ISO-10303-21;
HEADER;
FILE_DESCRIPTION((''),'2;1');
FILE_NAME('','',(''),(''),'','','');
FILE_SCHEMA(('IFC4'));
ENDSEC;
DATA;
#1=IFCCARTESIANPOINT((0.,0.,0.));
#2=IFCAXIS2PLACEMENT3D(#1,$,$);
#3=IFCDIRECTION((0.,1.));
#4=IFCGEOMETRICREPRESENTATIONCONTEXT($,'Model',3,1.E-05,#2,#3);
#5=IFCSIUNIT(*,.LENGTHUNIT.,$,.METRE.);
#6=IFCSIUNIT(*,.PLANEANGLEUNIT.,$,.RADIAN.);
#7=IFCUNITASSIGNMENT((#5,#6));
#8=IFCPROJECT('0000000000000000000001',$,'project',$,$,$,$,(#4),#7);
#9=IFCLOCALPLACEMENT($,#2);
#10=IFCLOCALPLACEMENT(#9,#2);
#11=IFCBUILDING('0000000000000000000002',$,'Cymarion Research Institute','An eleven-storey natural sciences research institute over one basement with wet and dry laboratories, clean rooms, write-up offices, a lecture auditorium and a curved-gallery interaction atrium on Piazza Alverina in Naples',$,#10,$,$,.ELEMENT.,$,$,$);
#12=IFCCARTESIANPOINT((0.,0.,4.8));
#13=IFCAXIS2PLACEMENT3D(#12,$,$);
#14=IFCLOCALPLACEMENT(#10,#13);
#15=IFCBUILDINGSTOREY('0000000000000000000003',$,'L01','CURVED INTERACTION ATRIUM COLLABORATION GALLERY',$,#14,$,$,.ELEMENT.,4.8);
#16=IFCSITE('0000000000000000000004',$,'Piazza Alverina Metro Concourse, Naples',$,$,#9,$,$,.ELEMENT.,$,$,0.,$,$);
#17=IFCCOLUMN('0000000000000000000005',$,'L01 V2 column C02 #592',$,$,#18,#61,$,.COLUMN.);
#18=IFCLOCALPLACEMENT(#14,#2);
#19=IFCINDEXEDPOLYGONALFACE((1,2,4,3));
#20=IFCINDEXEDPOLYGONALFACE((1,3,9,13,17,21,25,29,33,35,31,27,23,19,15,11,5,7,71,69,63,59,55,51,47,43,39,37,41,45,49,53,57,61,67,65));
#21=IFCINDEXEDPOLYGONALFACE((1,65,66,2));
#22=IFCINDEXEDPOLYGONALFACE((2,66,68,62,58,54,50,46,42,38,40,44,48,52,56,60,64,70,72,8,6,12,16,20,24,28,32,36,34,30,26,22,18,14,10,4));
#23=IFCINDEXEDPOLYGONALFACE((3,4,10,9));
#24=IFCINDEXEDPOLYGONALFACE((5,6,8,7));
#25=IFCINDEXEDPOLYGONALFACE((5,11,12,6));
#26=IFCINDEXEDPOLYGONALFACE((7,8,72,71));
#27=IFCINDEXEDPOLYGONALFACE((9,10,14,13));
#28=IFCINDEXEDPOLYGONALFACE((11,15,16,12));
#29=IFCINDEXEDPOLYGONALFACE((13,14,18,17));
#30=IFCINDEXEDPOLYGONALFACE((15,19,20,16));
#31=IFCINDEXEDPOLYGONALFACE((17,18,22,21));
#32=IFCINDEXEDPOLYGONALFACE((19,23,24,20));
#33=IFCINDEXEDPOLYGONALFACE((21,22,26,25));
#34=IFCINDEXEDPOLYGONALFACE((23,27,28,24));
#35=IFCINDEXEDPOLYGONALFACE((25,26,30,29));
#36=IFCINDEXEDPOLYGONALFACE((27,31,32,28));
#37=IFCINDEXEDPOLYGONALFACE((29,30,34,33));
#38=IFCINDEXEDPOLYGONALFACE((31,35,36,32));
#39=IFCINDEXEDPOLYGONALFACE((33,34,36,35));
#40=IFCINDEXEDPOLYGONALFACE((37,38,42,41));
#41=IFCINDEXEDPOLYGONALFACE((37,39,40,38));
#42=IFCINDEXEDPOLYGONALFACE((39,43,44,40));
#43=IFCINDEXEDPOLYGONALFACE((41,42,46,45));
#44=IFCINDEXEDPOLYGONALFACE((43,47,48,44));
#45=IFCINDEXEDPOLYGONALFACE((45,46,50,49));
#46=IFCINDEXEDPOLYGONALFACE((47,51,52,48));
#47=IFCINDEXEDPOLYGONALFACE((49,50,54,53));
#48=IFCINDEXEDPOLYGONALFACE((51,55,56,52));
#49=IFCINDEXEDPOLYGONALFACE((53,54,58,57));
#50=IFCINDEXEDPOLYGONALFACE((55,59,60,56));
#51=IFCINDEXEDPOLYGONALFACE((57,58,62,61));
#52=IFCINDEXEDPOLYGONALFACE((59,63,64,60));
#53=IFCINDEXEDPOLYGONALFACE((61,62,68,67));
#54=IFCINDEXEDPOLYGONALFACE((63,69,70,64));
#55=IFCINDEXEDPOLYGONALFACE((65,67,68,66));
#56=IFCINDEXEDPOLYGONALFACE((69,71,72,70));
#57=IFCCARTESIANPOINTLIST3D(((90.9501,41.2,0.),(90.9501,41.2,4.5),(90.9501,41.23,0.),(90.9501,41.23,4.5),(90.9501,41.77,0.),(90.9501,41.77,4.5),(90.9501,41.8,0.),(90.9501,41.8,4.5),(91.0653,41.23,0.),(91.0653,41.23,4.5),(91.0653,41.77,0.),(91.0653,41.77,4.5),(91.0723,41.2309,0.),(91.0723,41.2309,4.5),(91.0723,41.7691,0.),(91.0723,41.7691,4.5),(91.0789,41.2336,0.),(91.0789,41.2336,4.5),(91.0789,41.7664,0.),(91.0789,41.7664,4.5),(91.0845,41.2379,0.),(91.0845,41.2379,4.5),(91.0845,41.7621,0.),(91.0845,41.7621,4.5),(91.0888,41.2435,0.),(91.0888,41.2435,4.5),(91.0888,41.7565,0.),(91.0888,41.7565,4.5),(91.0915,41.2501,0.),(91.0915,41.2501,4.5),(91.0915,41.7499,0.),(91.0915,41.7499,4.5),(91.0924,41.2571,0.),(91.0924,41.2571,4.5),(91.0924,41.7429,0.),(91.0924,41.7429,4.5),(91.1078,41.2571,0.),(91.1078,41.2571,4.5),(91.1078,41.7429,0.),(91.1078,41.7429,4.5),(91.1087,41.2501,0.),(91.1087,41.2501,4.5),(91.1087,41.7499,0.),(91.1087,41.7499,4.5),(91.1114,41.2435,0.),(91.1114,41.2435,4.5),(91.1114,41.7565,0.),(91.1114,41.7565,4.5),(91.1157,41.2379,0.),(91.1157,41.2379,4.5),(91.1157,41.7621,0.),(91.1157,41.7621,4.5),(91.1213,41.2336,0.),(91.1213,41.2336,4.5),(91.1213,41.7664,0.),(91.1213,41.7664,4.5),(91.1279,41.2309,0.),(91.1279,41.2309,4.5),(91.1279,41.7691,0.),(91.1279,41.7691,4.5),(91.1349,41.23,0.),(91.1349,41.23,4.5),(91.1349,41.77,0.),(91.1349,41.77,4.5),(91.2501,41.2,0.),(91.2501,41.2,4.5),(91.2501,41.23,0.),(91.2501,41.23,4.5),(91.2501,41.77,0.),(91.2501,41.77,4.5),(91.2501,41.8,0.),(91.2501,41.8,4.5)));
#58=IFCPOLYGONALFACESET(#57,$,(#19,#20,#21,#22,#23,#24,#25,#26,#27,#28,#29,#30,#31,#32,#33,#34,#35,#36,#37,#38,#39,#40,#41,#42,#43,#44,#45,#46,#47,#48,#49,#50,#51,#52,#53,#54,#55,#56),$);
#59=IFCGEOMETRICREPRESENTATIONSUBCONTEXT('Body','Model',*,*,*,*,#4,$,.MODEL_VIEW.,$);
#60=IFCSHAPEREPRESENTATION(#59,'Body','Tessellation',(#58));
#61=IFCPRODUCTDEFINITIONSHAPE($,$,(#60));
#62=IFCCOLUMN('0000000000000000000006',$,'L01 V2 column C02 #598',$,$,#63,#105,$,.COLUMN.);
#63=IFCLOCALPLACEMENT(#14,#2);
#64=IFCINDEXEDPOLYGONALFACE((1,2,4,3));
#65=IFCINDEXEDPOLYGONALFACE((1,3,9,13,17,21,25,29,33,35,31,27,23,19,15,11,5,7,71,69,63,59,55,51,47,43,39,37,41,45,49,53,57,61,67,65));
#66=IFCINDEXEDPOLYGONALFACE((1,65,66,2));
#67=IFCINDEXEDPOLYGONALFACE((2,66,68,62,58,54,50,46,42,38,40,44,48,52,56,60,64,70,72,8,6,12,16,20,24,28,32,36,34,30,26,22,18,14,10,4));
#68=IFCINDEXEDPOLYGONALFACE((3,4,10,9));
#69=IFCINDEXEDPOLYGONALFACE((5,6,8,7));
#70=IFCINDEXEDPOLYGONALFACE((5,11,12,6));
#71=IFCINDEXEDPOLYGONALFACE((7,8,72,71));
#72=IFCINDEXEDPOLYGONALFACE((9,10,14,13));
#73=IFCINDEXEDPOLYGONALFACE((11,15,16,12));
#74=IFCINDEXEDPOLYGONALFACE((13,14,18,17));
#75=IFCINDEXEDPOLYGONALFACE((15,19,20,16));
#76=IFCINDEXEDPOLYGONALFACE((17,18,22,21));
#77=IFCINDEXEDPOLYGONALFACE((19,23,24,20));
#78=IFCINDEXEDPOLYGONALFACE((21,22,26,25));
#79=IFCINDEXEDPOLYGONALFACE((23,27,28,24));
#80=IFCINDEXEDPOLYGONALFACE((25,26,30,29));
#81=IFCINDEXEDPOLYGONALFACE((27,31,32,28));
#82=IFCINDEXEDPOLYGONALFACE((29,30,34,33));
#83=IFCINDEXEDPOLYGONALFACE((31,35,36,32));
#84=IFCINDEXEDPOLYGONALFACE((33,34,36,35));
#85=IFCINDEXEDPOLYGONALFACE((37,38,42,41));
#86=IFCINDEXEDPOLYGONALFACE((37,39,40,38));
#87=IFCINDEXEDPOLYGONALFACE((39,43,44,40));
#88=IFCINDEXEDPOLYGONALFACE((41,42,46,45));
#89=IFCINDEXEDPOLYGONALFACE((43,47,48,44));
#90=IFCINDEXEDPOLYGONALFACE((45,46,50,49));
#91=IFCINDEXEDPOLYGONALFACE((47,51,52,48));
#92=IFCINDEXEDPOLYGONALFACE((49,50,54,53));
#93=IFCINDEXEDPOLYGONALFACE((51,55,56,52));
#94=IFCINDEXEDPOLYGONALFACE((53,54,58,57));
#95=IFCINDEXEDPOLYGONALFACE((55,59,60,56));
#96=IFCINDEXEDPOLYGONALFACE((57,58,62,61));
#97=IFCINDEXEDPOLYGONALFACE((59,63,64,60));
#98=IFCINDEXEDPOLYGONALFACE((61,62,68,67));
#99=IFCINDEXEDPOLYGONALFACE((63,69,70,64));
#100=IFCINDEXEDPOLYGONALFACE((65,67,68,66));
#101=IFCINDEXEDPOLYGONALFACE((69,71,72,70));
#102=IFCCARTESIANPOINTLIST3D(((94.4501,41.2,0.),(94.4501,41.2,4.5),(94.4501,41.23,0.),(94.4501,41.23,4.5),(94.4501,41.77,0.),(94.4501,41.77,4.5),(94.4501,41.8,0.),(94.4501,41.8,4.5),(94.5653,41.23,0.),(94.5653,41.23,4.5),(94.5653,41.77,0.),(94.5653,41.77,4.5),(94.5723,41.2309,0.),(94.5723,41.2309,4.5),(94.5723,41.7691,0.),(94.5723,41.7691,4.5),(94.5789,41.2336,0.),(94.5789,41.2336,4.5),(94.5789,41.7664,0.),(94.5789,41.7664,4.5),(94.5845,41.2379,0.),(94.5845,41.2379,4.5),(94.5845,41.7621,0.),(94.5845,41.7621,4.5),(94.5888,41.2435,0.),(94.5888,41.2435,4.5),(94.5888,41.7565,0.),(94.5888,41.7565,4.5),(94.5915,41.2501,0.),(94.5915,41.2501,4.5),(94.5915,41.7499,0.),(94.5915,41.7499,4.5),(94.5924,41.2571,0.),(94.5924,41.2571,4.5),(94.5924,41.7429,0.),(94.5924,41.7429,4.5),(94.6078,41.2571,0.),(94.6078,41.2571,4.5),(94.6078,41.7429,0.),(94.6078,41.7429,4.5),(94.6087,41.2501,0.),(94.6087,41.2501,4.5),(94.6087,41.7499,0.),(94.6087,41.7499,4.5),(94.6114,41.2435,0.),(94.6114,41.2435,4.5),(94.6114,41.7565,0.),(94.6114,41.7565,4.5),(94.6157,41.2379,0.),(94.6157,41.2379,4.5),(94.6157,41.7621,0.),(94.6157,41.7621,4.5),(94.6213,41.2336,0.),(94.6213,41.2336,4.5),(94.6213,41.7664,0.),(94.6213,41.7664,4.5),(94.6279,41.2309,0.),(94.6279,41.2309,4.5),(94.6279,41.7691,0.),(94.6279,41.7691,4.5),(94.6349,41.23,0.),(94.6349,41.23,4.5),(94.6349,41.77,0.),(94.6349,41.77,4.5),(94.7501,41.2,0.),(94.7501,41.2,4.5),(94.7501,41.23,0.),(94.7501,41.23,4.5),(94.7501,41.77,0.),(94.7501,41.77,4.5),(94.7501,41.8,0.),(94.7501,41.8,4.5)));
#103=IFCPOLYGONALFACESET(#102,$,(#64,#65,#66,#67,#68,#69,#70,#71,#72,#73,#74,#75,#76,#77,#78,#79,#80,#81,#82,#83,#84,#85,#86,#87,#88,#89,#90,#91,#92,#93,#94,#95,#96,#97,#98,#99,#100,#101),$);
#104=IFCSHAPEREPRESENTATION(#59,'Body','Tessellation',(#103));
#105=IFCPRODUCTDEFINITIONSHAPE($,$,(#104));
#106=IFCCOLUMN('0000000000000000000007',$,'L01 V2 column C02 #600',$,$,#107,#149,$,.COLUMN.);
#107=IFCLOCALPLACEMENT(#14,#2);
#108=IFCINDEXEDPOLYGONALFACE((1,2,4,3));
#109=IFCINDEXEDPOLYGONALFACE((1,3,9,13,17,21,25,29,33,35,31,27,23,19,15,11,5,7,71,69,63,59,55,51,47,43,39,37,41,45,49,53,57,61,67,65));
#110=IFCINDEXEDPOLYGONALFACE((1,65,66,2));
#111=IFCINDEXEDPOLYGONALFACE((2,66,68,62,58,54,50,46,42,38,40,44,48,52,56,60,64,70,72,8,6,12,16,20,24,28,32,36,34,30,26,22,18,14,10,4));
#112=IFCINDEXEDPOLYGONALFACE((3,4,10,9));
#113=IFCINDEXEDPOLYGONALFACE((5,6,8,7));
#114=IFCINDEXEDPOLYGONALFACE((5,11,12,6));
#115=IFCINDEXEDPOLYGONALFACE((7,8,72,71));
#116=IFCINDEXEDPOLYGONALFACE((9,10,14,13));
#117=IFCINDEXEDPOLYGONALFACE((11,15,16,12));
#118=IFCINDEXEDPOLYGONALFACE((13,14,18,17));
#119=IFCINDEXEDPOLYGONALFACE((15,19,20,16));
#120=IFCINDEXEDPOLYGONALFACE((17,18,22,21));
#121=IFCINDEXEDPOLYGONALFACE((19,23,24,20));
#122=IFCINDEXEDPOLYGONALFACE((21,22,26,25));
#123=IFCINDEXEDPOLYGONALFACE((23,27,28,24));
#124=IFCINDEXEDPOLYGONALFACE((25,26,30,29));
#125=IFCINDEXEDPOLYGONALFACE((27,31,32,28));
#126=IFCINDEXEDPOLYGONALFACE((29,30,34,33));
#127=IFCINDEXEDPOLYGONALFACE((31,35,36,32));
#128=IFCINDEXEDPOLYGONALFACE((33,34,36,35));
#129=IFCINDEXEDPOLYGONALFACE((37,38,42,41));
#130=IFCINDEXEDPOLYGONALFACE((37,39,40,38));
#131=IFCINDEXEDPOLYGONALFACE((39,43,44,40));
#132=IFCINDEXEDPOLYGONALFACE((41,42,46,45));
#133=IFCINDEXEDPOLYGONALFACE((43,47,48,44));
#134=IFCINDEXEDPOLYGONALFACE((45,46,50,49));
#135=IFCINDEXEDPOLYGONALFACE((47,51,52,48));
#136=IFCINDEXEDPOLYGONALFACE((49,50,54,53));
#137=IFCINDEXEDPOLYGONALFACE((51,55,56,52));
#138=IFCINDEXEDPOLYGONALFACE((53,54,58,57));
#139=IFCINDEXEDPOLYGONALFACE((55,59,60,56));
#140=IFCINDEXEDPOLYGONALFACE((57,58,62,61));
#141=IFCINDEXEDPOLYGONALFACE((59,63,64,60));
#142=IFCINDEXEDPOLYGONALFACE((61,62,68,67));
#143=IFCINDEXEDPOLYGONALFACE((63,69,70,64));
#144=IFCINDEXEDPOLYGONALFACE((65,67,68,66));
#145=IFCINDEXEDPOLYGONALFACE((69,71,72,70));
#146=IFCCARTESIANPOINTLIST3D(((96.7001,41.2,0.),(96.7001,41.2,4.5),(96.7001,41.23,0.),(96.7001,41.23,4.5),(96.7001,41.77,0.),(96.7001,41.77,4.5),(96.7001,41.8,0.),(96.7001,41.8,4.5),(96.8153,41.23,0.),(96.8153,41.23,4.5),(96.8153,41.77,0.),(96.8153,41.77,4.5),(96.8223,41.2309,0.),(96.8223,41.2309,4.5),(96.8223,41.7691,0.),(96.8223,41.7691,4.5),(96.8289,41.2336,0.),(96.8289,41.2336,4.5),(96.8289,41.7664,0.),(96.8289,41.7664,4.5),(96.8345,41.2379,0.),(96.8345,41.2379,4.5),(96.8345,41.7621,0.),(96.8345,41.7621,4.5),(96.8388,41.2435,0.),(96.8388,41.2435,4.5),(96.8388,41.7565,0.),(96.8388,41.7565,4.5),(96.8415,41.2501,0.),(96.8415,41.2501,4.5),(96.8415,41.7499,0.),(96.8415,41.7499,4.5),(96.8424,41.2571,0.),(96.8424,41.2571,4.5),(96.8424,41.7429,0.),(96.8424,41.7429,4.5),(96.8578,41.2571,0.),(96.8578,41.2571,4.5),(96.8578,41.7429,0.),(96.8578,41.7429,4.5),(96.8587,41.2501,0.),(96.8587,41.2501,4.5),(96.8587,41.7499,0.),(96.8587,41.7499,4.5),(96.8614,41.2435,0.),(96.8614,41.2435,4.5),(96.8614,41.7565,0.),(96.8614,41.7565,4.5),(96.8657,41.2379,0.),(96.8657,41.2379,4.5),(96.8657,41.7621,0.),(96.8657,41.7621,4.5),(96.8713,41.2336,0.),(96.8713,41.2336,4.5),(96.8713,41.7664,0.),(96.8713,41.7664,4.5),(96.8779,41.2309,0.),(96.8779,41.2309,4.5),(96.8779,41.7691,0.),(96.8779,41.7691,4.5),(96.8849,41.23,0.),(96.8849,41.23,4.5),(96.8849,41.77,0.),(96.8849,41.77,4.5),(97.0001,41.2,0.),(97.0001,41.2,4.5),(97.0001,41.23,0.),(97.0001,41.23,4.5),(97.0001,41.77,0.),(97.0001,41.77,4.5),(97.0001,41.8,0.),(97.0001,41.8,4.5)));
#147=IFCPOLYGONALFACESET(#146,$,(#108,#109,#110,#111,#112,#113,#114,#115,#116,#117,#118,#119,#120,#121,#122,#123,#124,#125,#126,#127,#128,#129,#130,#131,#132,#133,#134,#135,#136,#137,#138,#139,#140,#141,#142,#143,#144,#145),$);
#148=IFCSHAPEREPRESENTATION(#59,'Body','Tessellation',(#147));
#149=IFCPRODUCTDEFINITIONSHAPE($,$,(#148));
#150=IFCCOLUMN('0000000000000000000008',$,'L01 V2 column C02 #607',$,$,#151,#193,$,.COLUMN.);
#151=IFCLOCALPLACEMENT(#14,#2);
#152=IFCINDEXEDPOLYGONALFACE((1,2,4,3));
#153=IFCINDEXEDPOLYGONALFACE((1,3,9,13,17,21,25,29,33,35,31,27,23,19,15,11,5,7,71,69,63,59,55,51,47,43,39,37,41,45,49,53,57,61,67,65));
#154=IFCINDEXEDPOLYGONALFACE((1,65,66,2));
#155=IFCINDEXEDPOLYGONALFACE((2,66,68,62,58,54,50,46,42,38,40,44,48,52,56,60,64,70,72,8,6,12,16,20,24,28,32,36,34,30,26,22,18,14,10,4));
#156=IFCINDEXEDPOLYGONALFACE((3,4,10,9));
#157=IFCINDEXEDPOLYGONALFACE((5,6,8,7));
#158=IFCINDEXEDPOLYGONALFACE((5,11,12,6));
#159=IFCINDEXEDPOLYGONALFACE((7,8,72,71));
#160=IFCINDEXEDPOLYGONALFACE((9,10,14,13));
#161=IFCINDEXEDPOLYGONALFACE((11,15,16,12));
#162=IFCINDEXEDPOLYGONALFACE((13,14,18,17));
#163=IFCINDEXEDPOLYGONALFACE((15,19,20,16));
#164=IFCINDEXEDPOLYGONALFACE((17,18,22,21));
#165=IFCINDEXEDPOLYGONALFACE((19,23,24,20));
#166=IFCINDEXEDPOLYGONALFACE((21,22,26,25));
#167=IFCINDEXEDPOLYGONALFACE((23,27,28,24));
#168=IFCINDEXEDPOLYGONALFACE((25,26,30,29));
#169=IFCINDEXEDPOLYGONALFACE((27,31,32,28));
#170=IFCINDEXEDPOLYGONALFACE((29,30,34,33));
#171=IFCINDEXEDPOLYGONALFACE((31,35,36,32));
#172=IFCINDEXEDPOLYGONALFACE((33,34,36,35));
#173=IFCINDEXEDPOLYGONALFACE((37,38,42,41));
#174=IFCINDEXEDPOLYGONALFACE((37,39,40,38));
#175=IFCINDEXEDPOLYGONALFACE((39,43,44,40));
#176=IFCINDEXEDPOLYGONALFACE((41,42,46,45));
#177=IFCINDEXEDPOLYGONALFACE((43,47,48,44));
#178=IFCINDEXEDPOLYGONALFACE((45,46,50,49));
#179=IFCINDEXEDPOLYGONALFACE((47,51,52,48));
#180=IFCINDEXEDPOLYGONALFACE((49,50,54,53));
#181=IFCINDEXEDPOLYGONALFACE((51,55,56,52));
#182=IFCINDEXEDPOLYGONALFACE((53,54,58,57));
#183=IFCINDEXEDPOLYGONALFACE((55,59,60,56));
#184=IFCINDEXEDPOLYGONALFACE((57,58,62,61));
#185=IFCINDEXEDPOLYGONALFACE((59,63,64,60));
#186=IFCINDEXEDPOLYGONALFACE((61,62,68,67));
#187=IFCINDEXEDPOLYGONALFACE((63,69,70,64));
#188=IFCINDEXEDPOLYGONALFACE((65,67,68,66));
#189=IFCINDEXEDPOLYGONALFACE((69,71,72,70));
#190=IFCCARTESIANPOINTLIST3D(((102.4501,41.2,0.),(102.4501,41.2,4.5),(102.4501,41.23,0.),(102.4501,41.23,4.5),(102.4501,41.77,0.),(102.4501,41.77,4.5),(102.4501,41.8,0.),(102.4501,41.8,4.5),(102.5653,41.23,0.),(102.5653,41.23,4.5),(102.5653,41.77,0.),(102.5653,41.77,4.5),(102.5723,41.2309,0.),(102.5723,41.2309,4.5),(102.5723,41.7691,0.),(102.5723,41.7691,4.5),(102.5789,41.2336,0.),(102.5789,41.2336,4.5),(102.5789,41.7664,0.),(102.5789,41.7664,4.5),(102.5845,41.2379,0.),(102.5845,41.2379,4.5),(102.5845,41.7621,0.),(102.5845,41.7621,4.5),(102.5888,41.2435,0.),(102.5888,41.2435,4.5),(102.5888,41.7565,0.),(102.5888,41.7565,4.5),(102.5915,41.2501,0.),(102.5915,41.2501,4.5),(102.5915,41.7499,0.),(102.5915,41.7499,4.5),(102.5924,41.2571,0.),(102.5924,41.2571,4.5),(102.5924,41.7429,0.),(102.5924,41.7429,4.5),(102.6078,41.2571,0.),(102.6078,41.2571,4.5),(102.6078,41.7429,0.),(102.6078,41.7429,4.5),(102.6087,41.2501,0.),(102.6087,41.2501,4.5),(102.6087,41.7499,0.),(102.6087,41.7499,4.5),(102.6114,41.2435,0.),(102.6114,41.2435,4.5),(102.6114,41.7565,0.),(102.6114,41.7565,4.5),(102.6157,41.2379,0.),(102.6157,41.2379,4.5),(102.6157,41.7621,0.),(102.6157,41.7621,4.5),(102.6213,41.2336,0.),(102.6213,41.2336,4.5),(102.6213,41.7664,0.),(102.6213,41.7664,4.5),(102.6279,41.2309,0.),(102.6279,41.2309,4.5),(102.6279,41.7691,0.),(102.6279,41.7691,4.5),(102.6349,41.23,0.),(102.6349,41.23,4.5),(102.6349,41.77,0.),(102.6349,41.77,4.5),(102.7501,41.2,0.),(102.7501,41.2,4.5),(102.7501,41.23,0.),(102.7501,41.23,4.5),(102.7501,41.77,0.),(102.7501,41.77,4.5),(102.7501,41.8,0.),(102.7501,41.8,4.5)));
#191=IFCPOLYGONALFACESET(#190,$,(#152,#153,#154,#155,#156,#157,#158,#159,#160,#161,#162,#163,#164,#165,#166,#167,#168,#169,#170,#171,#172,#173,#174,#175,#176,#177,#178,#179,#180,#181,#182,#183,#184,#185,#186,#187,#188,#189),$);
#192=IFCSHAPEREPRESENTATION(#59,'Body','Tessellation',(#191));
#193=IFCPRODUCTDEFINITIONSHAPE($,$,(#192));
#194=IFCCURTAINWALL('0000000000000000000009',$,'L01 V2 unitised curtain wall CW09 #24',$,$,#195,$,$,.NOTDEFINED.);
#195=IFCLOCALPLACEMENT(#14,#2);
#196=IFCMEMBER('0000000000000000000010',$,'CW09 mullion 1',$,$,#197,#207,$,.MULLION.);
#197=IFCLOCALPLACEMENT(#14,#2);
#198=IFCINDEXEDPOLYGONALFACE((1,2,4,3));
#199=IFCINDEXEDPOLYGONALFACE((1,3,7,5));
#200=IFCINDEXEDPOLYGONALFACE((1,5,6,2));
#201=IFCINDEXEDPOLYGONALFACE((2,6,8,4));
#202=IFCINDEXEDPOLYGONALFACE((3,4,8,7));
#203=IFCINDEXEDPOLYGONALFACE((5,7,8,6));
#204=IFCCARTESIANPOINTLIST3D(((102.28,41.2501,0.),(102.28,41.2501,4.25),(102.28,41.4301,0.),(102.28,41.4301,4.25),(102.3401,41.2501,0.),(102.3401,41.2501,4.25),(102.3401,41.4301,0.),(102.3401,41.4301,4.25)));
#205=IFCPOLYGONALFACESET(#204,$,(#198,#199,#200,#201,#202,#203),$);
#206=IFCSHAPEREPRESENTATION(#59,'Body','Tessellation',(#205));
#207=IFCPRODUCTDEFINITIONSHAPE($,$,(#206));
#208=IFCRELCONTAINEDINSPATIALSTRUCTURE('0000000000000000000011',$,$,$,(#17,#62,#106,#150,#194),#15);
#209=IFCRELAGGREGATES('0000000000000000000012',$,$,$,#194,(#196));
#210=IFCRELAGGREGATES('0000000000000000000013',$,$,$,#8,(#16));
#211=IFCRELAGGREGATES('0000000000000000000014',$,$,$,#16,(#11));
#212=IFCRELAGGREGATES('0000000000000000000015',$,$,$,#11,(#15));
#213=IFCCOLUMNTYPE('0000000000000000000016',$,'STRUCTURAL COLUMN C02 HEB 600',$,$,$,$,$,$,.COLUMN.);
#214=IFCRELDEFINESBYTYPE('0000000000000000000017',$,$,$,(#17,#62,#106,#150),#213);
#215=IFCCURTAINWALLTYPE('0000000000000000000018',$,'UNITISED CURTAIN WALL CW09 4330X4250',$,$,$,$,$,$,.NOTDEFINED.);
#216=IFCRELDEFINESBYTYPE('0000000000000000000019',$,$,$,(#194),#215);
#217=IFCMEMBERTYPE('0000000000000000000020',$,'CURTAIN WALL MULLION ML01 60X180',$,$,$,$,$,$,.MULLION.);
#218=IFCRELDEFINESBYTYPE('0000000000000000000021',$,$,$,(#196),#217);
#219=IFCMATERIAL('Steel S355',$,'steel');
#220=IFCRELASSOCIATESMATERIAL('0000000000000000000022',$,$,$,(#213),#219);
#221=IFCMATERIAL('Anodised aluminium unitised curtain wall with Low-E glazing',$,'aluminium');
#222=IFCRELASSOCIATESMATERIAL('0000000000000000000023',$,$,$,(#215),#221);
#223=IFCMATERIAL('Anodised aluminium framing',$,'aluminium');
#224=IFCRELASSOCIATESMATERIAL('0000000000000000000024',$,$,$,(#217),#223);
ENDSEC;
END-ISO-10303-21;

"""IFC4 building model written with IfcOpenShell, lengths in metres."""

from ifc_helpers import new_model, si_unit, direction, frame, origin, origin_2d, place, context, subcontext, project, spatial, rectangle, i_section, extrude, material, material_profile, profile_set, type_object, element, aggregate, save


model = new_model("IFC4")

# Units and contexts
model_context = context("Model", 3, precision=1e-05, world=origin(), true_north=direction((0.0, 1.0)))
body_context = subcontext(model_context, "Body", "Model", "MODEL_VIEW")
ifc_project = project(units=[si_unit("LENGTHUNIT", "METRE"), si_unit("PLANEANGLEUNIT", "RADIAN")], contexts=[model_context])

# Site, building, storey
site_placement = place(None, origin())
site = spatial("IfcSite", under=ifc_project, at=site_placement, Name="Piazza Alverina Metro Concourse, Naples", CompositionType="ELEMENT", RefElevation=0.0)
building_placement = place(site_placement, origin())
building = spatial("IfcBuilding", under=site, at=building_placement, Name="Cymarion Research Institute", Description="An eleven-storey natural sciences research institute over one basement with wet and dry laboratories, clean rooms, write-up offices, a lecture auditorium and a curved-gallery interaction atrium on Piazza Alverina in Naples", CompositionType="ELEMENT")
storey_placement = place(building_placement, frame((0.0, 0.0, 4.8)))
storey = spatial("IfcBuildingStorey", under=building, at=storey_placement, Name="L01", Description="CURVED INTERACTION ATRIUM COLLABORATION GALLERY", CompositionType="ELEMENT", Elevation=4.8)

# Columns
ifc_material_1 = material(Name="Steel S355", Category="steel")
ifc_material_profile_1 = material_profile(ifc_material_1, i_section(OverallWidth=0.3, OverallDepth=0.6001, WebThickness=0.0154, FlangeThickness=0.03, FilletRadius=0.0271, at=origin_2d()), Name="HEB 600")
ifc_profile_set_1 = profile_set([ifc_material_profile_1], Name="Steel S355")
column_type = type_object("IfcColumnType", Name="STRUCTURAL COLUMN C02 HEB 600", PredefinedType="COLUMN", material=ifc_profile_set_1)
for number, where, z_axis, x_axis, name in (
    (1, (91.1001, 41.5, 0.0), (0.0, 0.0, 1.0), (1.0, 0.0, 0.0), "L01 V2 column C02 #592"),
    (2, (94.6001, 41.5, 0.0), (0.0, 0.0, 1.0), (1.0, 0.0, 0.0), "L01 V2 column C02 #598"),
    (3, (96.8501, 41.5, 0.0), (0.0, 0.0, 1.0), (1.0, 0.0, 0.0), "L01 V2 column C02 #600"),
    (4, (102.6001, 41.5, 0.0), (0.0, 0.0, 1.0), (1.0, 0.0, 0.0), "L01 V2 column C02 #607"),
):
    element("IfcColumn", number, at=place(storey_placement, frame(where, z_axis=z_axis, x_axis=x_axis)), inside=storey, type_object=column_type, Name=name, PredefinedType="COLUMN", context=body_context, shape_type="SweptSolid", body=[
        extrude(i_section(OverallWidth=0.3, OverallDepth=0.6001, WebThickness=0.0154, FlangeThickness=0.03, FilletRadius=0.0271, at=origin_2d()), origin(), (0.0, 0.0, 1.0), 4.5),
    ])

# Curtain wall, member
ifc_material_2 = material(Name="Anodised aluminium unitised curtain wall with Low-E glazing", Category="aluminium")
curtain_wall_type = type_object("IfcCurtainWallType", Name="UNITISED CURTAIN WALL CW09 4330X4250", PredefinedType="NOTDEFINED", material=ifc_material_2)
curtain_wall_placement = place(storey_placement, origin())
curtain_wall = element("IfcCurtainWall", 5, at=curtain_wall_placement, inside=storey, type_object=curtain_wall_type, Name="L01 V2 unitised curtain wall CW09 #24", PredefinedType="NOTDEFINED")
ifc_material_3 = material(Name="Anodised aluminium framing", Category="aluminium")
ifc_material_profile_2 = material_profile(ifc_material_3, rectangle(XDim=0.0601, YDim=0.1799, at=origin_2d()), Name="ALU MULLION 60x180")
ifc_profile_set_2 = profile_set([ifc_material_profile_2], Name="Anodised aluminium framing")
member_type_1 = type_object("IfcMemberType", Name="CURTAIN WALL MULLION ML01 60X180", PredefinedType="MULLION", material=ifc_profile_set_2)
member_1_placement = place(storey_placement, frame((102.3101, 41.3401, 0.0), z_axis=(0.0, 0.0, 1.0), x_axis=(-1.0, 0.0, 0.0)))
member_1 = element("IfcMember", 6, at=member_1_placement, type_object=member_type_1, Name="CW09 mullion 1", PredefinedType="MULLION", context=body_context, shape_type="SweptSolid", body=[
    extrude(rectangle(XDim=0.0601, YDim=0.1799, at=origin_2d()), origin(), (0.0, 0.0, 1.0), 4.25),
])

aggregate(curtain_wall, [member_1])

save(model, "model.ifc")
